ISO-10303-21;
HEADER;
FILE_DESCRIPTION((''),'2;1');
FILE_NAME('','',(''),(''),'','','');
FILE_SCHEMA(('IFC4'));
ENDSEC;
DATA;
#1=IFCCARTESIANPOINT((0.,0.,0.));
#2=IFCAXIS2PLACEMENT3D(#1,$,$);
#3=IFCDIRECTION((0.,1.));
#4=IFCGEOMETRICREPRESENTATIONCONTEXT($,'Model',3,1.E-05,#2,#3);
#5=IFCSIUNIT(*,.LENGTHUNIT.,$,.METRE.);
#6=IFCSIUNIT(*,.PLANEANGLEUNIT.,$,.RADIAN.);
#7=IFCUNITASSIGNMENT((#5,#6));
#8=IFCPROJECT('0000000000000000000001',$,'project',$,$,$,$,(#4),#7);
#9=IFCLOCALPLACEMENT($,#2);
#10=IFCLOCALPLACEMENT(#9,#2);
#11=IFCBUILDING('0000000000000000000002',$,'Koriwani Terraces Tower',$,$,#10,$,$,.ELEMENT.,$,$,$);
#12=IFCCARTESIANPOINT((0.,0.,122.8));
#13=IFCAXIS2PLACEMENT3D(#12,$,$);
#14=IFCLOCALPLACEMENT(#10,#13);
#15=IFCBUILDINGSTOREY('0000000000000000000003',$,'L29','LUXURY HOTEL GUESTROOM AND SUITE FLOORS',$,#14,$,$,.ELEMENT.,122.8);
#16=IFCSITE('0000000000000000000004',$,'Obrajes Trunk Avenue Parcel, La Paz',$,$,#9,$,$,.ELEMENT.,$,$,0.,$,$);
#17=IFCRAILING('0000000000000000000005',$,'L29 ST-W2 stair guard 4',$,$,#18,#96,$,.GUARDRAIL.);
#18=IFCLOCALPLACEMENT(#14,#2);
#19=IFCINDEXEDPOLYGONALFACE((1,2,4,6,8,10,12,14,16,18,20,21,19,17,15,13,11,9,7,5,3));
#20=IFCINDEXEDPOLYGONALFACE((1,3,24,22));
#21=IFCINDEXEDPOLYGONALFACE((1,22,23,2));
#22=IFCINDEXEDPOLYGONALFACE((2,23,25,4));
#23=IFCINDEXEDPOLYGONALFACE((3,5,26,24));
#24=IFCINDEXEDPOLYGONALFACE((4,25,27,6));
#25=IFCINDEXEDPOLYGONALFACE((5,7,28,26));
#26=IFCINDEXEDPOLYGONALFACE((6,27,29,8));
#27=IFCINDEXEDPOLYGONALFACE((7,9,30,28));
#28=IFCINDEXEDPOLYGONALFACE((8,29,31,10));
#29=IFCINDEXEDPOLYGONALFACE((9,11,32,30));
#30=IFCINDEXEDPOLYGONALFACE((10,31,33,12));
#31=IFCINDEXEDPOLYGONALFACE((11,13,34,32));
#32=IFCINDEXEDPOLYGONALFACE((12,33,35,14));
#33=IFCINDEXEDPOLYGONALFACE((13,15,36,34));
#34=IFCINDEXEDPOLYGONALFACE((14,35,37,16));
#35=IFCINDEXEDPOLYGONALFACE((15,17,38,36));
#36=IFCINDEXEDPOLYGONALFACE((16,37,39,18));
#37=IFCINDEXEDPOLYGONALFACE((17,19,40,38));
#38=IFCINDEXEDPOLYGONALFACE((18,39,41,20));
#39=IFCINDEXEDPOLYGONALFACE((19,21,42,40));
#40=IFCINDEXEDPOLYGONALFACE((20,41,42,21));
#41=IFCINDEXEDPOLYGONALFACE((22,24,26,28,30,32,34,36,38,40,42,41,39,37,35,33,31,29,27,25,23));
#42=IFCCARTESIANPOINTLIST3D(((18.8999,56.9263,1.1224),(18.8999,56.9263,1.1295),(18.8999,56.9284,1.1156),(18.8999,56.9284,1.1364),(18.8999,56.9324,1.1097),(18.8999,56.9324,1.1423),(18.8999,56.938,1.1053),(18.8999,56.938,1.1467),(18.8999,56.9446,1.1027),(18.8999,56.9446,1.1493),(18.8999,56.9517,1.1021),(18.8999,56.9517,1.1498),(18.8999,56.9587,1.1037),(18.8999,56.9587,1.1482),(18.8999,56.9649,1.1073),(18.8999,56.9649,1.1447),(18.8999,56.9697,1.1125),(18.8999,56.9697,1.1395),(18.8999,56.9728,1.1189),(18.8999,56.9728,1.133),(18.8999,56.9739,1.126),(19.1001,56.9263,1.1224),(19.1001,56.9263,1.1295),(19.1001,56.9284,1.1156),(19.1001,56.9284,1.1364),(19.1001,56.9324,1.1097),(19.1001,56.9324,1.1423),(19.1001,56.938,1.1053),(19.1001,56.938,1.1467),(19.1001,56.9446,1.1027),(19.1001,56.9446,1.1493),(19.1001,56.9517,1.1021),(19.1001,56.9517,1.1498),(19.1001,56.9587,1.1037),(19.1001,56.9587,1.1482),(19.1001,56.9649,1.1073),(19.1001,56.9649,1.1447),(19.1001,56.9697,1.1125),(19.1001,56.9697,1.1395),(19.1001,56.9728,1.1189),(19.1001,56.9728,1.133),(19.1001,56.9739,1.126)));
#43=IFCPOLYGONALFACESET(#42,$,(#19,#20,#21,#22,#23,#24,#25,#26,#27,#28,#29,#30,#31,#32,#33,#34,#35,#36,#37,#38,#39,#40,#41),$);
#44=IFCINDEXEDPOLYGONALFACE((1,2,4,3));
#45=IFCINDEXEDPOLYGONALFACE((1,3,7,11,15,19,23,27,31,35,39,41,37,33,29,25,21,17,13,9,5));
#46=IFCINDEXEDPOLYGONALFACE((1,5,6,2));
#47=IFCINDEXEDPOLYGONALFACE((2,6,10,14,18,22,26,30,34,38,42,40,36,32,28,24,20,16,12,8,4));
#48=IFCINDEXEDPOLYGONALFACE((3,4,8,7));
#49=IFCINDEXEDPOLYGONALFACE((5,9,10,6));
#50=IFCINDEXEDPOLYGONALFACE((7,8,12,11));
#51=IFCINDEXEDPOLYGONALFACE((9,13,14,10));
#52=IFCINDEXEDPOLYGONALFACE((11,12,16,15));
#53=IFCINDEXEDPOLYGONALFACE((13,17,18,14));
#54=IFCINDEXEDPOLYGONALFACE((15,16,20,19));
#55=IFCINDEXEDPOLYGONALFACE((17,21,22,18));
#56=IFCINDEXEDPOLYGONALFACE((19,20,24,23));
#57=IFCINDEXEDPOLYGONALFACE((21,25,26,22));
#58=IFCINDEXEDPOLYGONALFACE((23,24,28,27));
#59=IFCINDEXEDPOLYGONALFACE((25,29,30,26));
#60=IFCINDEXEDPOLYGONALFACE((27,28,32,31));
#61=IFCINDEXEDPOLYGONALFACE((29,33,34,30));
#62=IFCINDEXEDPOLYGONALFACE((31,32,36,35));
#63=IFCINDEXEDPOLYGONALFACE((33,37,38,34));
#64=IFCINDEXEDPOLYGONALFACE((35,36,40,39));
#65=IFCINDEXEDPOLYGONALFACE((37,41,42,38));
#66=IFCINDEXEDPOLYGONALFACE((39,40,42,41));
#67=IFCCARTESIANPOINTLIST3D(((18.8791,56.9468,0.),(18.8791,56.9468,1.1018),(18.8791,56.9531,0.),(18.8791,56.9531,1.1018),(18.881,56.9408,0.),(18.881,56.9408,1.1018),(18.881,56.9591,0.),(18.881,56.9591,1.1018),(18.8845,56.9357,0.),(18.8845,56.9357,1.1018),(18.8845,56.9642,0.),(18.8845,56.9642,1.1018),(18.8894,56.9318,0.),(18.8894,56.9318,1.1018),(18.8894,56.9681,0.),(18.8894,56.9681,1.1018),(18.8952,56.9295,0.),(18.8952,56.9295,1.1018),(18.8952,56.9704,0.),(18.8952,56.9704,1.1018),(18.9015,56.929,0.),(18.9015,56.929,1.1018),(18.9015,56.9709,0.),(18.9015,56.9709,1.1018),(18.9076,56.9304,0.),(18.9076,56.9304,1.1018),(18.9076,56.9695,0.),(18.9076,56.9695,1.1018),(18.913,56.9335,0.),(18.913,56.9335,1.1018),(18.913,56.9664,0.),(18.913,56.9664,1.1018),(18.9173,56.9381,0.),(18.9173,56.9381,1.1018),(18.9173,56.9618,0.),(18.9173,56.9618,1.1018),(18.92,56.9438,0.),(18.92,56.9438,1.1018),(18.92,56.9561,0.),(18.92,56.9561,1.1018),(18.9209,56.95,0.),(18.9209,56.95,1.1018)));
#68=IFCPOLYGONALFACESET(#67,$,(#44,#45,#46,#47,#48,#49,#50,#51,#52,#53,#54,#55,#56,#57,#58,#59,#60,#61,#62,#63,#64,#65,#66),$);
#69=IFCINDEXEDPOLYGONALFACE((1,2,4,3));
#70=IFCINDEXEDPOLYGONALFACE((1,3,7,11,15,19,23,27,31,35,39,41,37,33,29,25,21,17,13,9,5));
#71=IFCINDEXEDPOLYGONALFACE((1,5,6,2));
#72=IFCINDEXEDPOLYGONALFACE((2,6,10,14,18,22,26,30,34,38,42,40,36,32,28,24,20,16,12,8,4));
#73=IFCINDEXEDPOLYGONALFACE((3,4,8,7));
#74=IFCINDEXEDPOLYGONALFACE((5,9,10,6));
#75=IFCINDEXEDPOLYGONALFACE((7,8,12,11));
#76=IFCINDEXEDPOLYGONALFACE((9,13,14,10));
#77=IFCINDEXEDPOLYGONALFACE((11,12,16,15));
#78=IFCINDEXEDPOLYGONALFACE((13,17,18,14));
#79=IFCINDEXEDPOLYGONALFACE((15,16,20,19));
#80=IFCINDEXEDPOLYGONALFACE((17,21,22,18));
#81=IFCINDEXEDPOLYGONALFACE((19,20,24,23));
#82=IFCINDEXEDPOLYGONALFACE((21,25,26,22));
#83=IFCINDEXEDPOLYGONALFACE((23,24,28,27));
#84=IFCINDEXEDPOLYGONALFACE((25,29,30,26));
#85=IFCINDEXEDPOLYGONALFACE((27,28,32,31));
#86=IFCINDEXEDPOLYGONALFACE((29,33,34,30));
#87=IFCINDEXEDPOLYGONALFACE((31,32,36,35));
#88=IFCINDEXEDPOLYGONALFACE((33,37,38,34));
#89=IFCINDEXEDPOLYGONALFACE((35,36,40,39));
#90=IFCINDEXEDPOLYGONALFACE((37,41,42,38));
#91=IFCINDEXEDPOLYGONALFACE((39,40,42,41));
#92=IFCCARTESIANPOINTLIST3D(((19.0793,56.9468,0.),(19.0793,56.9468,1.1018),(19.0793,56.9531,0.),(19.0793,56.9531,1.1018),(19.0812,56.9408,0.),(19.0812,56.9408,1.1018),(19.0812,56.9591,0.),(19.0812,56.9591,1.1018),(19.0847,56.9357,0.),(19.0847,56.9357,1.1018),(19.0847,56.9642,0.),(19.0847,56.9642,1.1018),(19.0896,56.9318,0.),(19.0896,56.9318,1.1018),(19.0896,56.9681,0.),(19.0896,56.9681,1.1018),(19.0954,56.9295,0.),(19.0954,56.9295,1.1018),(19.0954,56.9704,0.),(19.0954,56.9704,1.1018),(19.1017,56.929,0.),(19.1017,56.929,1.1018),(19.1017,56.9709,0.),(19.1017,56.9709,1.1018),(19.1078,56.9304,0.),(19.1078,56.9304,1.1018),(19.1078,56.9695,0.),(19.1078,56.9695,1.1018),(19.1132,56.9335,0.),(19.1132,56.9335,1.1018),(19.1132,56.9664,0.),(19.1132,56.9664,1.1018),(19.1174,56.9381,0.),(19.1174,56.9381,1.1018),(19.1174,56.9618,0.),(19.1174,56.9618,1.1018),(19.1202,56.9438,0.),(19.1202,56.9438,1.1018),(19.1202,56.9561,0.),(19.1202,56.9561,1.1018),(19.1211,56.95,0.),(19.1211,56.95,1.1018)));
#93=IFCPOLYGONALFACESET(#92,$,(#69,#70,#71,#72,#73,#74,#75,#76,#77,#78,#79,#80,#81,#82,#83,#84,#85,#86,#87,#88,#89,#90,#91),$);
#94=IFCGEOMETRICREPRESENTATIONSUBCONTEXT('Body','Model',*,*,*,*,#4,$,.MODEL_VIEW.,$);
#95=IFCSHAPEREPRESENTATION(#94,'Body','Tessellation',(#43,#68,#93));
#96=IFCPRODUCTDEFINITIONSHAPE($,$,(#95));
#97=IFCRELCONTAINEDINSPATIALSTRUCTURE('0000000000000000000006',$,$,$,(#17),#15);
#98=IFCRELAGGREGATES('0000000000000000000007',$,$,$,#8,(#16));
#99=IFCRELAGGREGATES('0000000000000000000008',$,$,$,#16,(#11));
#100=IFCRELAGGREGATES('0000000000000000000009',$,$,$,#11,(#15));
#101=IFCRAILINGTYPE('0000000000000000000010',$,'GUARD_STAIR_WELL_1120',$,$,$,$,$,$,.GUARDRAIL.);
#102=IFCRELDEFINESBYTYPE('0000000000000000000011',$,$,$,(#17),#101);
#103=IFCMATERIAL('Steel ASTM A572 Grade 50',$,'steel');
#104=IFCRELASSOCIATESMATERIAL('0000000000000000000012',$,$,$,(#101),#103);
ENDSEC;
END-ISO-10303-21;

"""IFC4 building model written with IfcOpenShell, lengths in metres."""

from ifc_helpers import new_model, si_unit, direction, frame, origin, origin_2d, place, context, subcontext, project, spatial, circle, extrude, material, type_object, element, save


model = new_model("IFC4")

# Units and contexts
model_context = context("Model", 3, precision=1e-05, world=origin(), true_north=direction((0.0, 1.0)))
body_context = subcontext(model_context, "Body", "Model", "MODEL_VIEW")
ifc_project = project(units=[si_unit("LENGTHUNIT", "METRE"), si_unit("PLANEANGLEUNIT", "RADIAN")], contexts=[model_context])

# Site, building, storey
site_placement = place(None, origin())
site = spatial("IfcSite", under=ifc_project, at=site_placement, Name="Obrajes Trunk Avenue Parcel, La Paz", CompositionType="ELEMENT", RefElevation=0.0)
building_placement = place(site_placement, origin())
building = spatial("IfcBuilding", under=site, at=building_placement, Name="Koriwani Terraces Tower", CompositionType="ELEMENT")
storey_placement = place(building_placement, frame((0.0, 0.0, 122.8)))
storey = spatial("IfcBuildingStorey", under=building, at=storey_placement, Name="L29", Description="LUXURY HOTEL GUESTROOM AND SUITE FLOORS", CompositionType="ELEMENT", Elevation=122.8)

# Shared definitions
ifc_material_1 = material(Name="Steel ASTM A572 Grade 50", Category="steel")

# Railing
railing_type = type_object("IfcRailingType", Name="GUARD_STAIR_WELL_1120", PredefinedType="GUARDRAIL", material=ifc_material_1)
railing_1_placement = place(storey_placement, frame((18.8999, 56.95, 0.0)))
element("IfcRailing", 1, at=railing_1_placement, inside=storey, type_object=railing_type, Name="L29 ST-W2 stair guard 4", PredefinedType="GUARDRAIL", context=body_context, shape_type="SweptSolid", body=[
    extrude(circle(Radius=0.0239, at=origin_2d()), frame((0.0, 0.0, 1.126), z_axis=(1.0, 0.0, 0.0), x_axis=(0.0, 1.0, 0.0)), (0.0, 0.0, 1.0), 0.2002),
    extrude(circle(Radius=0.021, at=origin_2d()), origin(), (0.0, 0.0, 1.0), 1.1018),
    extrude(circle(Radius=0.021, at=origin_2d()), frame((0.2002, 0.0, 0.0)), (0.0, 0.0, 1.0), 1.1018),
])

save(model, "model.ifc")
